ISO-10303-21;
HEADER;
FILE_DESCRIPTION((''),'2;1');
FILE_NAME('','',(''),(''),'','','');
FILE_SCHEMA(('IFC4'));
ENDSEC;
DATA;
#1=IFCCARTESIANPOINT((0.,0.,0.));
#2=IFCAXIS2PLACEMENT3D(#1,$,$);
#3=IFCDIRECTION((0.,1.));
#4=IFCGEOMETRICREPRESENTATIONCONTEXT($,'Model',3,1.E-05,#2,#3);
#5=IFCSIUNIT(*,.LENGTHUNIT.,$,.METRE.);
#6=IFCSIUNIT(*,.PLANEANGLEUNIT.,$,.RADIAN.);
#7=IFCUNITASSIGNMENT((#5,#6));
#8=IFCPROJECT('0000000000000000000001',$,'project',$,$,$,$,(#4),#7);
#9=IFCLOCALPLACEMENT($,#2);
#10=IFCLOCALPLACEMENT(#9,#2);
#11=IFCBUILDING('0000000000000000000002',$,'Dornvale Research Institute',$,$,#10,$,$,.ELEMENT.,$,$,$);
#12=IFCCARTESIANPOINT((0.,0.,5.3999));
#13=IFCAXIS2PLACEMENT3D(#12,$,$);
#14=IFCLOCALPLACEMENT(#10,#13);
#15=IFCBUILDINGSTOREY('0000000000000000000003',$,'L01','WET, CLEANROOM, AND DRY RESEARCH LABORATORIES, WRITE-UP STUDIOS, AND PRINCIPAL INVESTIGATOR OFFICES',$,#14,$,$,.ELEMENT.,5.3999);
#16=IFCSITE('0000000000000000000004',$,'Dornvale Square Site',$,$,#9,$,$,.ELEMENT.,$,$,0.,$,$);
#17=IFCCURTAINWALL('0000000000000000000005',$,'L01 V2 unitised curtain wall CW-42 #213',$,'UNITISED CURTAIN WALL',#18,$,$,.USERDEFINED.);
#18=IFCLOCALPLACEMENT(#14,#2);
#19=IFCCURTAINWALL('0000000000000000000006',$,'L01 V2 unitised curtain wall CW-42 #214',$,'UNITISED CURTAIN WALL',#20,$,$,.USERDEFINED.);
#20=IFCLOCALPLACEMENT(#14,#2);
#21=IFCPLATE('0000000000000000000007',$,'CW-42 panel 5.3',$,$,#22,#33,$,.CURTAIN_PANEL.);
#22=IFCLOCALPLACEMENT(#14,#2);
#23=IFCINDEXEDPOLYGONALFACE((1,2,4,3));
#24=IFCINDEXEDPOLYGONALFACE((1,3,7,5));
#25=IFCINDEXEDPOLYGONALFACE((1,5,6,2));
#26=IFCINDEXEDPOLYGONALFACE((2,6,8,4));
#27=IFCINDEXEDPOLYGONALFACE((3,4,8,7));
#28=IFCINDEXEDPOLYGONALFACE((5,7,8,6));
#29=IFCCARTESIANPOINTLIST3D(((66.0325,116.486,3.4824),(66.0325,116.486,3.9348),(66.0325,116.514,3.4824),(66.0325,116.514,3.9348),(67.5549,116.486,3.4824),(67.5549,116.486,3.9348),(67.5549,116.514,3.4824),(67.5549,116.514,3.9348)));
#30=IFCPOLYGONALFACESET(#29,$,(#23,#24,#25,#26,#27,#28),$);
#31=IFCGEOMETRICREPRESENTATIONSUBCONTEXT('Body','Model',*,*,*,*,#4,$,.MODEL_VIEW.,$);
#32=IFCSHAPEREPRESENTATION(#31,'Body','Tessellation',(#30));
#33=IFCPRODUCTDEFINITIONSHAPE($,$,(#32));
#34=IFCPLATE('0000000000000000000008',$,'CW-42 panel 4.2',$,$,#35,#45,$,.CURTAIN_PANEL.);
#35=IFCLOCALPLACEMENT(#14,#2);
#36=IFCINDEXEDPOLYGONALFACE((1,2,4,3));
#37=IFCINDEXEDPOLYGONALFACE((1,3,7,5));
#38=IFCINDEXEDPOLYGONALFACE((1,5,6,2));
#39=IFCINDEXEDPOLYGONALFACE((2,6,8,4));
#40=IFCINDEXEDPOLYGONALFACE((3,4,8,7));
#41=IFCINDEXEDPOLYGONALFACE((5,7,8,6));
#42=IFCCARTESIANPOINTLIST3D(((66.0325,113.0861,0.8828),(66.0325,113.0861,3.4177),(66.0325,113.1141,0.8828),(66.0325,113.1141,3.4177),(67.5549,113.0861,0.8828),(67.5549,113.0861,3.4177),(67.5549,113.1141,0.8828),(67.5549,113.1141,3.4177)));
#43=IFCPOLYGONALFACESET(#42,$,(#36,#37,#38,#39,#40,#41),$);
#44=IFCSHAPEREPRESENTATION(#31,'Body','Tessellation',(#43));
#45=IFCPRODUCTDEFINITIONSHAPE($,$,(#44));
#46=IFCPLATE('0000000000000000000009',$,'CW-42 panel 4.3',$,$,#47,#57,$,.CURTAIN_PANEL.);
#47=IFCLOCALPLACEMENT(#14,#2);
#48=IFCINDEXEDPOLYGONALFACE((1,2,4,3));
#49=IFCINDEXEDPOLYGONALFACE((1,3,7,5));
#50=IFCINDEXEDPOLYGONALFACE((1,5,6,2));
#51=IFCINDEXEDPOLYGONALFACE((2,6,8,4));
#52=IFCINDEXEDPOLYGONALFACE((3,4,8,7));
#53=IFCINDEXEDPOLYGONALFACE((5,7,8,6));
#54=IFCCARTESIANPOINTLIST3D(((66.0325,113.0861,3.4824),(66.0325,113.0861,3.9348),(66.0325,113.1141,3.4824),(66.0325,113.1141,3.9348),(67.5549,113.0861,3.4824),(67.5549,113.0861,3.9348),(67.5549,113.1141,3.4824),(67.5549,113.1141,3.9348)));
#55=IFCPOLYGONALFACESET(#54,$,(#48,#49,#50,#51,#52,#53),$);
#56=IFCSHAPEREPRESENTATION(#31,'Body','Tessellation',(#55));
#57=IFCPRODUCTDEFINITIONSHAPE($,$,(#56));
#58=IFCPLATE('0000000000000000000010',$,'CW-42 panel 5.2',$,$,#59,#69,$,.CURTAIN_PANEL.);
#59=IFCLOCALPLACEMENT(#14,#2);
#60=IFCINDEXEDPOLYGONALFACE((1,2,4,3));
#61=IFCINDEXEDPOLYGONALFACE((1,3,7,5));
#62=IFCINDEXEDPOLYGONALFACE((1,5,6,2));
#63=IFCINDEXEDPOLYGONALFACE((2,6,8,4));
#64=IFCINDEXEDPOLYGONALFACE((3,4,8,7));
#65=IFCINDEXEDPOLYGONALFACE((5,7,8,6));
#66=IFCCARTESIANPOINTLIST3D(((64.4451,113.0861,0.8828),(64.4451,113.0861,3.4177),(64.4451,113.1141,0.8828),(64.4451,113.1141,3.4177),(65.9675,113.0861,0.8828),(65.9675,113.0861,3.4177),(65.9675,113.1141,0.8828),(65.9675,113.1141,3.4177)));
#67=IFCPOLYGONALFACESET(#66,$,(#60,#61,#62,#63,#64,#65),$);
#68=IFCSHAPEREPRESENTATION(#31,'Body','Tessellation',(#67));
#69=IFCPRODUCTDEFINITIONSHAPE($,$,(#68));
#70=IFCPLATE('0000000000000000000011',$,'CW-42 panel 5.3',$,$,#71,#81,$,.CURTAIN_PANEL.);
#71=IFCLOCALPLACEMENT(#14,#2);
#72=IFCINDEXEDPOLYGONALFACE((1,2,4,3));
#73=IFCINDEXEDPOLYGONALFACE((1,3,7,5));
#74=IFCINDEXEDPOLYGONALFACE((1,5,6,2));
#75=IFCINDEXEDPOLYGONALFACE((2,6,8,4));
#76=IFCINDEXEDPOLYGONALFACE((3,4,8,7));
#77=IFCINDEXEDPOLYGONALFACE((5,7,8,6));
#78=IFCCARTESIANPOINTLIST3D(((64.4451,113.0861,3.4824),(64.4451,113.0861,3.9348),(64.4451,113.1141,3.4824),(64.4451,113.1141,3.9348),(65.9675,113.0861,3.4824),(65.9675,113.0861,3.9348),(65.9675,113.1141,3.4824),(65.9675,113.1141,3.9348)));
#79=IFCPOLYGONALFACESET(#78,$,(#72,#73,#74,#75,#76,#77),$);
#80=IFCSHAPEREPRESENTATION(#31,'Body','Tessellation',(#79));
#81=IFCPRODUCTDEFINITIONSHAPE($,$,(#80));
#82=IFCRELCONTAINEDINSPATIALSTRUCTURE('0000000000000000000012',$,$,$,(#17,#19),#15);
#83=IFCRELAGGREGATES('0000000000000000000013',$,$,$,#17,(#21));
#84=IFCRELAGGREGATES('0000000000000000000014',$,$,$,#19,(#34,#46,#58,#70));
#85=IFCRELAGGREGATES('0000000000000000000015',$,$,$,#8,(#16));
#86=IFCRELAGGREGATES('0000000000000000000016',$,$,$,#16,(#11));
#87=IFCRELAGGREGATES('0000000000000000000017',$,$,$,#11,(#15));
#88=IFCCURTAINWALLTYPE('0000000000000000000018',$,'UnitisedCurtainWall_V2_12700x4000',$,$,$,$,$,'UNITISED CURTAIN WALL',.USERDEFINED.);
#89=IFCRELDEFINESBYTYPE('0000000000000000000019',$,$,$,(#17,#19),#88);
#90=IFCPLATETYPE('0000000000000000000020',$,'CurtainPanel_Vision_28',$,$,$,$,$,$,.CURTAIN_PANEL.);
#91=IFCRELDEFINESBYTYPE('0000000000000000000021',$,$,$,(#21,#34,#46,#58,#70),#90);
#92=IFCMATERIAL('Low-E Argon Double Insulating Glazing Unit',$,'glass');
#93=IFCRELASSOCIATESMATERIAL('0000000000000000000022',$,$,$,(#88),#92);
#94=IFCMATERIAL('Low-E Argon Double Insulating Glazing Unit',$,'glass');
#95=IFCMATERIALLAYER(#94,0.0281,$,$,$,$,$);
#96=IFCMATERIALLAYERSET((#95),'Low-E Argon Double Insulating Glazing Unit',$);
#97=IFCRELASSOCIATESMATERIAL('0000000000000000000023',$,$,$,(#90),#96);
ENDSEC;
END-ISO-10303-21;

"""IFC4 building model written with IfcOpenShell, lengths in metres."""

from ifc_helpers import new_model, si_unit, direction, frame, origin, origin_2d, place, context, subcontext, project, spatial, rectangle, extrude, material, layer, layer_set, type_object, element, aggregate, save


model = new_model("IFC4")

# Units and contexts
model_context = context("Model", 3, precision=1e-05, world=origin(), true_north=direction((0.0, 1.0)))
body_context = subcontext(model_context, "Body", "Model", "MODEL_VIEW")
ifc_project = project(units=[si_unit("LENGTHUNIT", "METRE"), si_unit("PLANEANGLEUNIT", "RADIAN")], contexts=[model_context])

# Site, building, storey
site_placement = place(None, origin())
site = spatial("IfcSite", under=ifc_project, at=site_placement, Name="Dornvale Square Site", CompositionType="ELEMENT", RefElevation=0.0)
building_placement = place(site_placement, origin())
building = spatial("IfcBuilding", under=site, at=building_placement, Name="Dornvale Research Institute", CompositionType="ELEMENT")
storey_placement = place(building_placement, frame((0.0, 0.0, 5.3999)))
storey = spatial("IfcBuildingStorey", under=building, at=storey_placement, Name="L01", Description="WET, CLEANROOM, AND DRY RESEARCH LABORATORIES, WRITE-UP STUDIOS, AND PRINCIPAL INVESTIGATOR OFFICES", CompositionType="ELEMENT", Elevation=5.3999)

# Curtain walls
ifc_material_1 = material(Name="Low-E Argon Double Insulating Glazing Unit", Category="glass")
curtain_wall_type = type_object("IfcCurtainWallType", Name="UnitisedCurtainWall_V2_12700x4000", ElementType="UNITISED CURTAIN WALL", PredefinedType="USERDEFINED", material=ifc_material_1)
curtain_wall_1_placement = place(storey_placement, origin())
curtain_wall_1 = element("IfcCurtainWall", 1, at=curtain_wall_1_placement, inside=storey, type_object=curtain_wall_type, Name="L01 V2 unitised curtain wall CW-42 #213", ObjectType="UNITISED CURTAIN WALL", PredefinedType="USERDEFINED")
curtain_wall_2_placement = place(storey_placement, origin())
curtain_wall_2 = element("IfcCurtainWall", 2, at=curtain_wall_2_placement, inside=storey, type_object=curtain_wall_type, Name="L01 V2 unitised curtain wall CW-42 #214", ObjectType="UNITISED CURTAIN WALL", PredefinedType="USERDEFINED")

# Plates
ifc_material_2 = material(Name="Low-E Argon Double Insulating Glazing Unit", Category="glass")
ifc_layer_1 = layer(ifc_material_2, 0.0281)
ifc_layer_set_1 = layer_set([ifc_layer_1], Name="Low-E Argon Double Insulating Glazing Unit")
plate_type_1 = type_object("IfcPlateType", Name="CurtainPanel_Vision_28", PredefinedType="CURTAIN_PANEL", material=ifc_layer_set_1)
plate_1_placement = place(storey_placement, frame((66.7937, 116.5, 3.4824), z_axis=(0.0, 0.0, 1.0), x_axis=(1.0, 0.0, 0.0)))
plate_1 = element("IfcPlate", 3, at=plate_1_placement, type_object=plate_type_1, Name="CW-42 panel 5.3", PredefinedType="CURTAIN_PANEL", context=body_context, shape_type="SweptSolid", body=[
    extrude(rectangle(XDim=1.5225, YDim=0.0281, at=origin_2d()), origin(), (0.0, 0.0, 1.0), 0.4524),
])
aggregate(curtain_wall_1, [plate_1])
plate_2_placement = place(storey_placement, frame((66.7937, 113.1001, 0.8828), z_axis=(0.0, 0.0, 1.0), x_axis=(-1.0, 0.0, 0.0)))
plate_2 = element("IfcPlate", 4, at=plate_2_placement, type_object=plate_type_1, Name="CW-42 panel 4.2", PredefinedType="CURTAIN_PANEL", context=body_context, shape_type="SweptSolid", body=[
    extrude(rectangle(XDim=1.5225, YDim=0.0281, at=origin_2d()), origin(), (0.0, 0.0, 1.0), 2.5349),
])
plate_3_placement = place(storey_placement, frame((66.7937, 113.1001, 3.4824), z_axis=(0.0, 0.0, 1.0), x_axis=(-1.0, 0.0, 0.0)))
plate_3 = element("IfcPlate", 5, at=plate_3_placement, type_object=plate_type_1, Name="CW-42 panel 4.3", PredefinedType="CURTAIN_PANEL", context=body_context, shape_type="SweptSolid", body=[
    extrude(rectangle(XDim=1.5225, YDim=0.0281, at=origin_2d()), origin(), (0.0, 0.0, 1.0), 0.4524),
])
plate_4_placement = place(storey_placement, frame((65.2063, 113.1001, 0.8828), z_axis=(0.0, 0.0, 1.0), x_axis=(-1.0, 0.0, 0.0)))
plate_4 = element("IfcPlate", 6, at=plate_4_placement, type_object=plate_type_1, Name="CW-42 panel 5.2", PredefinedType="CURTAIN_PANEL", context=body_context, shape_type="SweptSolid", body=[
    extrude(rectangle(XDim=1.5225, YDim=0.0281, at=origin_2d()), origin(), (0.0, 0.0, 1.0), 2.5349),
])
plate_5_placement = place(storey_placement, frame((65.2063, 113.1001, 3.4824), z_axis=(0.0, 0.0, 1.0), x_axis=(-1.0, 0.0, 0.0)))
plate_5 = element("IfcPlate", 7, at=plate_5_placement, type_object=plate_type_1, Name="CW-42 panel 5.3", PredefinedType="CURTAIN_PANEL", context=body_context, shape_type="SweptSolid", body=[
    extrude(rectangle(XDim=1.5225, YDim=0.0281, at=origin_2d()), origin(), (0.0, 0.0, 1.0), 0.4524),
])
aggregate(curtain_wall_2, [plate_2, plate_3, plate_4, plate_5])

save(model, "model.ifc")
